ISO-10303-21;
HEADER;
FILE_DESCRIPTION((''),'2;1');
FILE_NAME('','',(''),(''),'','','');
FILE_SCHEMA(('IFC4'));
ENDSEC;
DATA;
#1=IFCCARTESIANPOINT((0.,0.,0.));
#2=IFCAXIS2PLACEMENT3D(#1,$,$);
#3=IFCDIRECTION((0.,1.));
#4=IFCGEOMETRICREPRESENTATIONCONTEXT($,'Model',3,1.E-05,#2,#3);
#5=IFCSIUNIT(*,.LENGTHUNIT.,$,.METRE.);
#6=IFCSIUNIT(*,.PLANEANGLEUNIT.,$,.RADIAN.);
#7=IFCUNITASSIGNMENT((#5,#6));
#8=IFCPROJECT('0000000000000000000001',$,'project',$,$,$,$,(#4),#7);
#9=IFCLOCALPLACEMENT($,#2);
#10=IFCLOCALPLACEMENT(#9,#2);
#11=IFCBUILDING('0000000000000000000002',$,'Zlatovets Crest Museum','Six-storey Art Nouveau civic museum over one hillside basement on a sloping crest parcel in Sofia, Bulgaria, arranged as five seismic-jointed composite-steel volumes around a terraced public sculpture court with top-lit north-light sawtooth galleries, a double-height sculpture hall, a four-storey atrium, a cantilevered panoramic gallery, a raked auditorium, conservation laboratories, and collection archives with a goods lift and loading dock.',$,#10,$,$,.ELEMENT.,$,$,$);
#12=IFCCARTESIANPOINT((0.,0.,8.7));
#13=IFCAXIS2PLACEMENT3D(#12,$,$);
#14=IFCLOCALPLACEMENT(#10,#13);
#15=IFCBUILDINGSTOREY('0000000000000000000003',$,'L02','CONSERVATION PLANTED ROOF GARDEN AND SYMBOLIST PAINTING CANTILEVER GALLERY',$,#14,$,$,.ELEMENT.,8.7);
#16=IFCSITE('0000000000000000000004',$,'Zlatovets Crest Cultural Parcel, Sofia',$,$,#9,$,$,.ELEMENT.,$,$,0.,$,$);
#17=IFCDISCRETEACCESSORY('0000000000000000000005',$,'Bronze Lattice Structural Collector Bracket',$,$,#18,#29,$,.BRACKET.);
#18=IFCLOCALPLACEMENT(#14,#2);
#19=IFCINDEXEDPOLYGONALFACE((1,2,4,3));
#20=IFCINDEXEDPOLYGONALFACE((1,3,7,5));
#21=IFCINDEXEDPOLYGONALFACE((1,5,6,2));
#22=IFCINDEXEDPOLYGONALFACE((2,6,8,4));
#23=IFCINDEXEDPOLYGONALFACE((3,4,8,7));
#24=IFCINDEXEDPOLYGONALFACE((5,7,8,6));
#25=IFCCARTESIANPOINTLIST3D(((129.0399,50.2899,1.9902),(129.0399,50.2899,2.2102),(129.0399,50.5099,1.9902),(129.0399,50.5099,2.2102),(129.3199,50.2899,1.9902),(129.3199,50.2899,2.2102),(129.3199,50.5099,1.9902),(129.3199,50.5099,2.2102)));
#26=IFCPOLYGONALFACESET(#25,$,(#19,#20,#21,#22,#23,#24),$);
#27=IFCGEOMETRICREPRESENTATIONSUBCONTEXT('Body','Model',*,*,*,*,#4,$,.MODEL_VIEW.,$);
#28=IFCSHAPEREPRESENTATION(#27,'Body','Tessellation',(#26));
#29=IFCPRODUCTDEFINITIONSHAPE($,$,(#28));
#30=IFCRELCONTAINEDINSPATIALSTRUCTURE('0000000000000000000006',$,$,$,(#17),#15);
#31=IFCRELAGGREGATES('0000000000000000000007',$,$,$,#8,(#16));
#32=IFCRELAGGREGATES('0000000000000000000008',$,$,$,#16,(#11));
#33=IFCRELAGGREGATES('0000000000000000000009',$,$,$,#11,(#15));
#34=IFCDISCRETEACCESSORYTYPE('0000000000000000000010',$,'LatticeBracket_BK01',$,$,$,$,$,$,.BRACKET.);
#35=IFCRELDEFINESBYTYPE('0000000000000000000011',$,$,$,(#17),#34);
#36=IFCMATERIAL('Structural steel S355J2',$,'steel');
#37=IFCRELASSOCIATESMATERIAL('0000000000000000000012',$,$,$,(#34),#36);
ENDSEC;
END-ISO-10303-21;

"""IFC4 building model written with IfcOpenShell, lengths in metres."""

from ifc_helpers import new_model, si_unit, direction, frame, origin, origin_2d, place, context, subcontext, project, spatial, rectangle, extrude, material, type_object, element, save


model = new_model("IFC4")

# Units and contexts
model_context = context("Model", 3, precision=1e-05, world=origin(), true_north=direction((0.0, 1.0)))
body_context = subcontext(model_context, "Body", "Model", "MODEL_VIEW")
ifc_project = project(units=[si_unit("LENGTHUNIT", "METRE"), si_unit("PLANEANGLEUNIT", "RADIAN")], contexts=[model_context])

# Site, building, storey
site_placement = place(None, origin())
site = spatial("IfcSite", under=ifc_project, at=site_placement, Name="Zlatovets Crest Cultural Parcel, Sofia", CompositionType="ELEMENT", RefElevation=0.0)
building_placement = place(site_placement, origin())
building = spatial("IfcBuilding", under=site, at=building_placement, Name="Zlatovets Crest Museum", Description="Six-storey Art Nouveau civic museum over one hillside basement on a sloping crest parcel in Sofia, Bulgaria, arranged as five seismic-jointed composite-steel volumes around a terraced public sculpture court with top-lit north-light sawtooth galleries, a double-height sculpture hall, a four-storey atrium, a cantilevered panoramic gallery, a raked auditorium, conservation laboratories, and collection archives with a goods lift and loading dock.", CompositionType="ELEMENT")
storey_placement = place(building_placement, frame((0.0, 0.0, 8.7)))
storey = spatial("IfcBuildingStorey", under=building, at=storey_placement, Name="L02", Description="CONSERVATION PLANTED ROOF GARDEN AND SYMBOLIST PAINTING CANTILEVER GALLERY", CompositionType="ELEMENT", Elevation=8.7)

# Shared definitions
ifc_material_1 = material(Name="Structural steel S355J2", Category="steel")

# Discrete accessory
discrete_accessory_type = type_object("IfcDiscreteAccessoryType", Name="LatticeBracket_BK01", PredefinedType="BRACKET", material=ifc_material_1)
discrete_accessory_placement = place(storey_placement, frame((129.1799, 50.3999, 1.9902), z_axis=(0.0, 0.0, 1.0), x_axis=(1.0, 0.0, 0.0)))
element("IfcDiscreteAccessory", 1, at=discrete_accessory_placement, inside=storey, type_object=discrete_accessory_type, Name="Bronze Lattice Structural Collector Bracket", PredefinedType="BRACKET", context=body_context, shape_type="SweptSolid", body=[
    extrude(rectangle(XDim=0.28, YDim=0.22, at=origin_2d()), origin(), (0.0, 0.0, 1.0), 0.22),
])

save(model, "model.ifc")
